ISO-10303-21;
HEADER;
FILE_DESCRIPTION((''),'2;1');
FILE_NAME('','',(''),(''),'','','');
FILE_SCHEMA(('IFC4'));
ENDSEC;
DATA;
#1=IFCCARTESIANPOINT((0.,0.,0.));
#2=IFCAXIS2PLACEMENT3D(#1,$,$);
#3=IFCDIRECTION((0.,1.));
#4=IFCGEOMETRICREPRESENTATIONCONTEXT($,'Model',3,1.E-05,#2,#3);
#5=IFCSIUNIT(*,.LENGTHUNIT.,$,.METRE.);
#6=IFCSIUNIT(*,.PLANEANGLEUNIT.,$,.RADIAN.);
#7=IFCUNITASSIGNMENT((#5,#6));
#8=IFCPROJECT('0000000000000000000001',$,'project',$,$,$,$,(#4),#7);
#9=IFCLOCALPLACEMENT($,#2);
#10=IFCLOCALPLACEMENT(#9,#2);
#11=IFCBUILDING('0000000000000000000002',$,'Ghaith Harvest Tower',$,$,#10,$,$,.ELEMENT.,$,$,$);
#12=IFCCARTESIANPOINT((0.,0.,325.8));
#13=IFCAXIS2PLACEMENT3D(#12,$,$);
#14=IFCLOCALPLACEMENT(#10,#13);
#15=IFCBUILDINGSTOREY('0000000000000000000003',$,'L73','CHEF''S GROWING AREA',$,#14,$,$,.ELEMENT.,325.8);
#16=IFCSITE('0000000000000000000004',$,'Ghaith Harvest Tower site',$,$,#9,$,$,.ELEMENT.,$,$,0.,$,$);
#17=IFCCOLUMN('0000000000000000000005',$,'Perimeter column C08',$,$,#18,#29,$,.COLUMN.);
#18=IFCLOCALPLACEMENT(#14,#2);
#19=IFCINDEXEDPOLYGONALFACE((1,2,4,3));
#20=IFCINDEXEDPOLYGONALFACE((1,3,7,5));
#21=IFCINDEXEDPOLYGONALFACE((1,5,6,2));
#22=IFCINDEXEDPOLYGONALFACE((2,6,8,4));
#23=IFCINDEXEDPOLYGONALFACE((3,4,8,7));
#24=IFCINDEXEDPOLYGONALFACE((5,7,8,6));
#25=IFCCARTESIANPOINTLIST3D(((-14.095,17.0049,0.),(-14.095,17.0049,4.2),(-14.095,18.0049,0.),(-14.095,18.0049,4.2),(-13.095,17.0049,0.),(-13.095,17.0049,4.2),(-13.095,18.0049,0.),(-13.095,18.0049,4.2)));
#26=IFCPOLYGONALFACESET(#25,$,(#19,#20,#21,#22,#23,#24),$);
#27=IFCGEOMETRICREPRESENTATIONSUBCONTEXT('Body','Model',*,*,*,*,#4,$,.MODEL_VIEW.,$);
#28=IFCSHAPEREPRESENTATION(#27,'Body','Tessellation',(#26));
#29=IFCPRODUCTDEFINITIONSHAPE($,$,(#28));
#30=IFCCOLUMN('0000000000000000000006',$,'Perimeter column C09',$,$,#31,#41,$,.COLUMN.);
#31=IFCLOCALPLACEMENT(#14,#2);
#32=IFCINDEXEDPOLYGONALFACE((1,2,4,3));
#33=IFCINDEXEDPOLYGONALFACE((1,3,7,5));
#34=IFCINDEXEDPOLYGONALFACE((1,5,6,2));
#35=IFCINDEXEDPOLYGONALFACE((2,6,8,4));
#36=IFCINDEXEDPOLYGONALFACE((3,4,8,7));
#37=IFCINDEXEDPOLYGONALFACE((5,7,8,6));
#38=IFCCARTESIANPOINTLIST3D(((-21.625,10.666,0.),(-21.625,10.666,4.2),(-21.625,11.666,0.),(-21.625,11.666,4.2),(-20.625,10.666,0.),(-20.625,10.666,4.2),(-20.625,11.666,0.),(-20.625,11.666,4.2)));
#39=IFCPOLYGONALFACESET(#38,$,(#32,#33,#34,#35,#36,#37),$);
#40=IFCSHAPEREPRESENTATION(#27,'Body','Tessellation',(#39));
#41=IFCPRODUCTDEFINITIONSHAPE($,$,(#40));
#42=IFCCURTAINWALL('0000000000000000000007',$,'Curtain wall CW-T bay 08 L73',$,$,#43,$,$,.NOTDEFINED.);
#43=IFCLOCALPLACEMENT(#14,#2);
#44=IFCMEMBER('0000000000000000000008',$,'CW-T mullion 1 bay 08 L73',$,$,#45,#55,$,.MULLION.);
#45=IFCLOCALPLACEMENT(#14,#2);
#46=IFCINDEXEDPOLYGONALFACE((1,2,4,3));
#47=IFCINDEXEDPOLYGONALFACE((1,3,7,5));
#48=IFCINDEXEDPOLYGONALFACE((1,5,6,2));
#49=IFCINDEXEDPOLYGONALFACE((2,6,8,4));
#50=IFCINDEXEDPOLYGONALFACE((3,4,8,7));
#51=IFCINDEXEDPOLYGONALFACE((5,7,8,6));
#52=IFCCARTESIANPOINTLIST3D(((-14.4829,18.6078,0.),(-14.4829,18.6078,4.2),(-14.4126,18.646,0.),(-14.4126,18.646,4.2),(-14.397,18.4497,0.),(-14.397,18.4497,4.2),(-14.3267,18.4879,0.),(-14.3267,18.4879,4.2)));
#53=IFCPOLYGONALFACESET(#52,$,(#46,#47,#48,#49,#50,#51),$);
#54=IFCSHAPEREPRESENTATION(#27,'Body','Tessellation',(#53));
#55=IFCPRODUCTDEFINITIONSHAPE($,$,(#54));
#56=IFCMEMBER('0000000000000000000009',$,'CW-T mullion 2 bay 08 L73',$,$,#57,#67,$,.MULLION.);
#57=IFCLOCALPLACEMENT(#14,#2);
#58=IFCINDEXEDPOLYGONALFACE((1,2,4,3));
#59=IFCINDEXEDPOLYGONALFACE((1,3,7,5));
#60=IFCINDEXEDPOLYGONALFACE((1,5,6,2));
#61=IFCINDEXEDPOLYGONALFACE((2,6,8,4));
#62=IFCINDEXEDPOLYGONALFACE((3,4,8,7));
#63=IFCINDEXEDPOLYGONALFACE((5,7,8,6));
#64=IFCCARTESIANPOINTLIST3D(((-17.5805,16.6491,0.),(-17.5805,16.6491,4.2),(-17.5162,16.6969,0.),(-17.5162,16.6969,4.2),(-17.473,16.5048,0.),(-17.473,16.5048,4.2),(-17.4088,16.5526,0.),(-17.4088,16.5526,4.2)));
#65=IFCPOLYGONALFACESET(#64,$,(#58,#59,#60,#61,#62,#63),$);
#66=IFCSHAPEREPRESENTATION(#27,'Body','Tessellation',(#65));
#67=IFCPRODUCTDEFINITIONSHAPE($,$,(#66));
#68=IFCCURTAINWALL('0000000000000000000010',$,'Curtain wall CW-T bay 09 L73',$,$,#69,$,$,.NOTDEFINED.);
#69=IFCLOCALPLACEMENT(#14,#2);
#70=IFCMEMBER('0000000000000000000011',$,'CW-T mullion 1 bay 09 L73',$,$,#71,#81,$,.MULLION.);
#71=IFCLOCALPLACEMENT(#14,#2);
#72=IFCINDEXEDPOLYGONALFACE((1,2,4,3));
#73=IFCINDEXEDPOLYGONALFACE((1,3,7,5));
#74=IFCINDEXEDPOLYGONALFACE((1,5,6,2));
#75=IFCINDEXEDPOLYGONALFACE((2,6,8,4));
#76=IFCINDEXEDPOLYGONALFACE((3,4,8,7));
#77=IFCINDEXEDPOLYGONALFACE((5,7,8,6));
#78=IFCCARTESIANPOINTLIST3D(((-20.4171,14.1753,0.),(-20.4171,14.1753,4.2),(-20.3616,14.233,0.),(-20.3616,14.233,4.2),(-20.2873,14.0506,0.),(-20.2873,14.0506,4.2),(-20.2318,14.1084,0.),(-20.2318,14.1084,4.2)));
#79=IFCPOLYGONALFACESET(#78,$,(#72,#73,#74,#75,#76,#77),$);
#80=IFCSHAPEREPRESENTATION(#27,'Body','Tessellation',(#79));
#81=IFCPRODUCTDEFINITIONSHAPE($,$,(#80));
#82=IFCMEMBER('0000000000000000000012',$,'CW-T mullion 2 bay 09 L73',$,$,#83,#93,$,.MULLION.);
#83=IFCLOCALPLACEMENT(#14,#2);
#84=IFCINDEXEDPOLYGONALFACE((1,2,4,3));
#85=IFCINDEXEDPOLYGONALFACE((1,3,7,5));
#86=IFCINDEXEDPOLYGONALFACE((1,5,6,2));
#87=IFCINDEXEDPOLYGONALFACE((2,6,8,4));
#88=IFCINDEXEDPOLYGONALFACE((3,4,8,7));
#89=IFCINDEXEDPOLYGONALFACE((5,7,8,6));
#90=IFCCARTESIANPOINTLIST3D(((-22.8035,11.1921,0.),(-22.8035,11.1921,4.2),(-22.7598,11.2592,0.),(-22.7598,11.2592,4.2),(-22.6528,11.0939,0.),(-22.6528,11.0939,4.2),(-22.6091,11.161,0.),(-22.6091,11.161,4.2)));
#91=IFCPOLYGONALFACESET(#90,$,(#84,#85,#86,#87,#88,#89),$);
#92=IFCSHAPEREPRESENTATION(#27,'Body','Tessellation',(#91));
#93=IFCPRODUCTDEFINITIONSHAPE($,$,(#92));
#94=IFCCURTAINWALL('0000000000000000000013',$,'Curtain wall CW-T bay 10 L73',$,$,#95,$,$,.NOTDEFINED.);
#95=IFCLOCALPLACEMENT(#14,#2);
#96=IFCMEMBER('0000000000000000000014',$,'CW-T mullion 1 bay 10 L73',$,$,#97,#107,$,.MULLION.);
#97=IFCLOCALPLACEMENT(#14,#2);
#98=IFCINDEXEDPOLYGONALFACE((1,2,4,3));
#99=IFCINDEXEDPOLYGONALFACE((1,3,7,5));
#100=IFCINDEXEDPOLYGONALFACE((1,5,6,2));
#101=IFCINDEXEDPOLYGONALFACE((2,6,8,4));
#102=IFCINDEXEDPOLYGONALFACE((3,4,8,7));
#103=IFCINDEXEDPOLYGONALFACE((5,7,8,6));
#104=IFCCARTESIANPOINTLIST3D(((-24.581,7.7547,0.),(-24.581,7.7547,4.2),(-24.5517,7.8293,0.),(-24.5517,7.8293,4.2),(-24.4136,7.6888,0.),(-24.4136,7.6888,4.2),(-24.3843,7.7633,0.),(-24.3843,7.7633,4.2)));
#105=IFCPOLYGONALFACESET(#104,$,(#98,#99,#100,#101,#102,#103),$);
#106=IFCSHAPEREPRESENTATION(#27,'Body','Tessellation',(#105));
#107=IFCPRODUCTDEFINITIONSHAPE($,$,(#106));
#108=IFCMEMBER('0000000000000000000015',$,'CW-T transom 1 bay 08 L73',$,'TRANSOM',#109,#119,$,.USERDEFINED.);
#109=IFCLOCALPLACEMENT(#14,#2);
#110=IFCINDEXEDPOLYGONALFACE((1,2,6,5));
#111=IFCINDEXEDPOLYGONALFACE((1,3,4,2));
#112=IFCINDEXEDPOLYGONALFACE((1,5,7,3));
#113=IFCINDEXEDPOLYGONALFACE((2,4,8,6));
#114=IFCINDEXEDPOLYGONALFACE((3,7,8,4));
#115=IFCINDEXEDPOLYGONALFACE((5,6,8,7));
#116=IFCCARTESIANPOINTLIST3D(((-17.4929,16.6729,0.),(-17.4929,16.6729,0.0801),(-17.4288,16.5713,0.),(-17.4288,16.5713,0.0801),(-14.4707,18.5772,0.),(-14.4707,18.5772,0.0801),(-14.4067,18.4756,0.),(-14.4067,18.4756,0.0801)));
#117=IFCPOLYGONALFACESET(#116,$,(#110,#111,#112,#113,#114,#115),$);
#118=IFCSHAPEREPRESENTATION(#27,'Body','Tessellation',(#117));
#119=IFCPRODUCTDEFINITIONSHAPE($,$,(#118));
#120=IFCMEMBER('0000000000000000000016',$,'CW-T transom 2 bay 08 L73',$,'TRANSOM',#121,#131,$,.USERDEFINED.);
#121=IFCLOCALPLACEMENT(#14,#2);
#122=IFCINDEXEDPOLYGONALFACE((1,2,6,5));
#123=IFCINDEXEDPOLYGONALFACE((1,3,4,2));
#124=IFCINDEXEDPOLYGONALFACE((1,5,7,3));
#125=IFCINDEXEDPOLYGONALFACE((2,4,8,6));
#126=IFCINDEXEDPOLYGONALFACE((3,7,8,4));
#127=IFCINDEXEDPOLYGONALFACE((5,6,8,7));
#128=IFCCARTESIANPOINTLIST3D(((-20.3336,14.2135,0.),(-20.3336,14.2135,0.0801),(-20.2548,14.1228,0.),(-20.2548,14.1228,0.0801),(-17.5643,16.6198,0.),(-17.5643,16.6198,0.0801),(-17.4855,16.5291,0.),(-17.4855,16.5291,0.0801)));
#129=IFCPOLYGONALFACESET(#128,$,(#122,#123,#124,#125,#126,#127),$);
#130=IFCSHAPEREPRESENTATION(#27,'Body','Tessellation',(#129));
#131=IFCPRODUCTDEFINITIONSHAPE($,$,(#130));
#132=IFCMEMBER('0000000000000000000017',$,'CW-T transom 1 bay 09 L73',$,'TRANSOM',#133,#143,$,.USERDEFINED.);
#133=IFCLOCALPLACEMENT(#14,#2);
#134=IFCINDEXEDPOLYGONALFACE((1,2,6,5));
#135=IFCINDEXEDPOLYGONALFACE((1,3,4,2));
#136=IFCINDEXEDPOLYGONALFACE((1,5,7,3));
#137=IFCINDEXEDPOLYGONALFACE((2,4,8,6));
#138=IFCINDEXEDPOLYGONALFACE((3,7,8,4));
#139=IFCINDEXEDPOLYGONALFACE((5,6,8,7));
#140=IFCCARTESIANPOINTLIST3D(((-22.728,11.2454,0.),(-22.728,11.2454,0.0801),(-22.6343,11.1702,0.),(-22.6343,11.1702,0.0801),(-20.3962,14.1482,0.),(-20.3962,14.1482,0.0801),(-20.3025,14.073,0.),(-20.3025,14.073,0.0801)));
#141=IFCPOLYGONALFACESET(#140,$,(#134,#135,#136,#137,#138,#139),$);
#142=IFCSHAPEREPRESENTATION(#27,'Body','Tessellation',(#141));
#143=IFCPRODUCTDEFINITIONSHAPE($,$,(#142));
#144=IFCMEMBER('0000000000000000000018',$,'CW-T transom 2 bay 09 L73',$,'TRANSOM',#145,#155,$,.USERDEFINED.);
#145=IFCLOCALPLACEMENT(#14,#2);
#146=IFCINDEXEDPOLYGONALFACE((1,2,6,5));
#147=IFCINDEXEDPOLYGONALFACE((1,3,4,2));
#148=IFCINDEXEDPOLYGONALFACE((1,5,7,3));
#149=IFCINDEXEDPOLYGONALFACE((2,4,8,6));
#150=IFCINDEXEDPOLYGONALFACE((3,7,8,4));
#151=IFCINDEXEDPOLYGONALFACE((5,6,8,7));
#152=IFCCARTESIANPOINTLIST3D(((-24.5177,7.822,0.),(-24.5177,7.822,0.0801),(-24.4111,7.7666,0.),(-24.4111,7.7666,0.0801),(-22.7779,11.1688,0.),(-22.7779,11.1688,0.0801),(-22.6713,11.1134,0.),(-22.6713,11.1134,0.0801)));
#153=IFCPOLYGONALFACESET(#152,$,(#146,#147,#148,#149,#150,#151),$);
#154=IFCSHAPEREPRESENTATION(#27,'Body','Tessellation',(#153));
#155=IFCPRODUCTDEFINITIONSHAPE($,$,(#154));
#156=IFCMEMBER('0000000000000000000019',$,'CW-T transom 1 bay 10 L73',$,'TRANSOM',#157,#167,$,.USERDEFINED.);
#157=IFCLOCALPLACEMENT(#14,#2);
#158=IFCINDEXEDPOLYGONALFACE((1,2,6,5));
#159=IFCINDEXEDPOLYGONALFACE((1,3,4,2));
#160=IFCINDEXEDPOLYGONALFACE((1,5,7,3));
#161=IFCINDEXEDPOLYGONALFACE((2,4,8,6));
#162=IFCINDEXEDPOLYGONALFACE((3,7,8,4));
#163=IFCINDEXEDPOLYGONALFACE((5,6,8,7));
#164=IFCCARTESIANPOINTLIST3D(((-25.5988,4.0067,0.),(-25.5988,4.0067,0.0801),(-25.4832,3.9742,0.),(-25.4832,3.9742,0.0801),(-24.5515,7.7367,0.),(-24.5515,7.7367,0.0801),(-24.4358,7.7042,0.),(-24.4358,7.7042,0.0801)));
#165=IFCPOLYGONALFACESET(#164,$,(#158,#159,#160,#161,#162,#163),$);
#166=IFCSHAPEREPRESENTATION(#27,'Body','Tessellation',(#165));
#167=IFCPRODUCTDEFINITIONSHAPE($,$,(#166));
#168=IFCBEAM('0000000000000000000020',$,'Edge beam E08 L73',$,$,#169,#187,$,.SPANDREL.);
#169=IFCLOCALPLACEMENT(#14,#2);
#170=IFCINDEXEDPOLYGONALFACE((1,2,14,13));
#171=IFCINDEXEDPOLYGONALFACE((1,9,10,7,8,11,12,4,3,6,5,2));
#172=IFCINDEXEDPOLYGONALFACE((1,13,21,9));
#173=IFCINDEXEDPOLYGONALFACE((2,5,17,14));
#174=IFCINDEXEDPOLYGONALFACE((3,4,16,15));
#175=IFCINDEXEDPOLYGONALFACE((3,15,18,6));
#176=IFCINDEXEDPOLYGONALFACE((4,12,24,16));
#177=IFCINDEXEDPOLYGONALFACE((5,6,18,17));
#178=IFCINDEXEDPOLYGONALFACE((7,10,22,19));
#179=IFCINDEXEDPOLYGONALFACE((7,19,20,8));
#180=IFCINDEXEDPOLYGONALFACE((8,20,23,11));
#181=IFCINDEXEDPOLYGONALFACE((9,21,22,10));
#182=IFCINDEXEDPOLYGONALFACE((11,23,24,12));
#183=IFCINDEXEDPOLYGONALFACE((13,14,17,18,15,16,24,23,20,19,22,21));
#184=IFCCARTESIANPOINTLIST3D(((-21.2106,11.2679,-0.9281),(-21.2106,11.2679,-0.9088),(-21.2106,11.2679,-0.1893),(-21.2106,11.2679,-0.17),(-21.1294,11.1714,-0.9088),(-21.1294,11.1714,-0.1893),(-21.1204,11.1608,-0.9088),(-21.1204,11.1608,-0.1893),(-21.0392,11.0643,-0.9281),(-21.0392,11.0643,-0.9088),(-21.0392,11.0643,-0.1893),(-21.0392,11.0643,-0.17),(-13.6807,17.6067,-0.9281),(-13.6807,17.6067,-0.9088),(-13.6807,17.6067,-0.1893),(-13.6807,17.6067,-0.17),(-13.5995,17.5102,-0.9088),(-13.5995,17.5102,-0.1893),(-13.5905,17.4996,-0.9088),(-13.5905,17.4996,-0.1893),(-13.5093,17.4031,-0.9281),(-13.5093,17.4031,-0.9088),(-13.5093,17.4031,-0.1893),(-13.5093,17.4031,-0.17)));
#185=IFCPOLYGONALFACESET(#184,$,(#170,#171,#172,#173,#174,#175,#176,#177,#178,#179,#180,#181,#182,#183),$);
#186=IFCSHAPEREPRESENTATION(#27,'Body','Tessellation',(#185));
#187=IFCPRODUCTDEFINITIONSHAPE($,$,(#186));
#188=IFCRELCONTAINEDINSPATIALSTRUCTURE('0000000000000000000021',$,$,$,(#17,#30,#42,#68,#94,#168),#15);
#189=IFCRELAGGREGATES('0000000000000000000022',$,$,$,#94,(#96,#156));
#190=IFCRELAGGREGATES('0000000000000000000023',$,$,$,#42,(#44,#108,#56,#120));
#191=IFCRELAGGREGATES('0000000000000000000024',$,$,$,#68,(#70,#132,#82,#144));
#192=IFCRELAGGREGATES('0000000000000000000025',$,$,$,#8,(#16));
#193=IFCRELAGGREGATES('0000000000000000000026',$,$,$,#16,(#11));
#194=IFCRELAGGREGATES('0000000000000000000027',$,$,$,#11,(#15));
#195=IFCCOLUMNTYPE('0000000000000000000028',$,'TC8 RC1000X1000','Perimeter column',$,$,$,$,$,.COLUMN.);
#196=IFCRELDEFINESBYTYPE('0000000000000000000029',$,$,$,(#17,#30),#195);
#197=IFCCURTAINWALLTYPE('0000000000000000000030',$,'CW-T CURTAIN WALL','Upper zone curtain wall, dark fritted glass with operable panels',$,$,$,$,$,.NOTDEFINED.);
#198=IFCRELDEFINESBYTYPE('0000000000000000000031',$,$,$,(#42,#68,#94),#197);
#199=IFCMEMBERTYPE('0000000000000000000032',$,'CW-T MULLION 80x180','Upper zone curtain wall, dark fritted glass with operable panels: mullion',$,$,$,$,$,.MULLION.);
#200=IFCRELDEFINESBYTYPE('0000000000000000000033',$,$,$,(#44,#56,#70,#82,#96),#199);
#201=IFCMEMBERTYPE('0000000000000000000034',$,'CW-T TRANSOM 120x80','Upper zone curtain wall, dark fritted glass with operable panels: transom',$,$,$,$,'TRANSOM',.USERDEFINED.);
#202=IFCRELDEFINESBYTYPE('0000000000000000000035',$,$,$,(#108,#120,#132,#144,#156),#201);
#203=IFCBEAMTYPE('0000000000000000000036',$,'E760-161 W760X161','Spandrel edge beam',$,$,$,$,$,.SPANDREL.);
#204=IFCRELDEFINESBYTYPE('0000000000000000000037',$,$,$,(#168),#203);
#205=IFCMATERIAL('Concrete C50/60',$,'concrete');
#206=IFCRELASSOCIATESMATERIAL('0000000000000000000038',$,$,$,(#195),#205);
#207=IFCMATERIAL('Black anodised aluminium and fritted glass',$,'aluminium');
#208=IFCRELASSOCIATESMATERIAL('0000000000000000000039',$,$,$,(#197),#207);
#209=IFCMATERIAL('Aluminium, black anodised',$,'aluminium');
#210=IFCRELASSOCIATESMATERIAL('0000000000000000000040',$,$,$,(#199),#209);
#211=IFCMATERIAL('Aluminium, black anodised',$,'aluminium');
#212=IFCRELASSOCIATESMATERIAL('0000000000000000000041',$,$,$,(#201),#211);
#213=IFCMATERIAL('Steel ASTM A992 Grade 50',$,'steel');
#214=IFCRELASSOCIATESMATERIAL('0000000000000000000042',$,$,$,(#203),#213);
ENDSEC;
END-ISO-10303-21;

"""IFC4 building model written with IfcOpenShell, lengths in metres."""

from ifc_helpers import new_model, si_unit, direction, frame, origin, origin_2d, place, context, subcontext, project, spatial, rectangle, i_section, extrude, material, material_profile, profile_set, type_object, element, aggregate, save


model = new_model("IFC4")

# Units and contexts
model_context = context("Model", 3, precision=1e-05, world=origin(), true_north=direction((0.0, 1.0)))
body_context = subcontext(model_context, "Body", "Model", "MODEL_VIEW")
ifc_project = project(units=[si_unit("LENGTHUNIT", "METRE"), si_unit("PLANEANGLEUNIT", "RADIAN")], contexts=[model_context])

# Site, building, storey
site_placement = place(None, origin())
site = spatial("IfcSite", under=ifc_project, at=site_placement, Name="Ghaith Harvest Tower site", CompositionType="ELEMENT", RefElevation=0.0)
building_placement = place(site_placement, origin())
building = spatial("IfcBuilding", under=site, at=building_placement, Name="Ghaith Harvest Tower", CompositionType="ELEMENT")
storey_placement = place(building_placement, frame((0.0, 0.0, 325.8)))
storey = spatial("IfcBuildingStorey", under=building, at=storey_placement, Name="L73", Description="CHEF'S GROWING AREA", CompositionType="ELEMENT", Elevation=325.8)

# Columns
ifc_material_1 = material(Name="Concrete C50/60", Category="concrete")
ifc_material_profile_1 = material_profile(ifc_material_1, rectangle(XDim=1.0, YDim=1.0, at=origin_2d()), Name="RC1000X1000")
ifc_profile_set_1 = profile_set([ifc_material_profile_1], Name="Concrete C50/60")
column_type = type_object("IfcColumnType", Name="TC8 RC1000X1000", Description="Perimeter column", PredefinedType="COLUMN", material=ifc_profile_set_1)
for number, where, z_axis, x_axis, name in (
    (1, (-13.595, 17.5049, 0.0), (0.0, 0.0, 1.0), (1.0, 0.0, 0.0), "Perimeter column C08"),
    (2, (-21.125, 11.166, 0.0), (0.0, 0.0, 1.0), (1.0, 0.0, 0.0), "Perimeter column C09"),
):
    element("IfcColumn", number, at=place(storey_placement, frame(where, z_axis=z_axis, x_axis=x_axis)), inside=storey, type_object=column_type, Name=name, PredefinedType="COLUMN", context=body_context, shape_type="SweptSolid", body=[
        extrude(rectangle(XDim=1.0, YDim=1.0, at=origin_2d()), origin(), (0.0, 0.0, 1.0), 4.2),
    ])

# Curtain walls, members
ifc_material_2 = material(Name="Black anodised aluminium and fritted glass", Category="aluminium")
curtain_wall_type = type_object("IfcCurtainWallType", Name="CW-T CURTAIN WALL", Description="Upper zone curtain wall, dark fritted glass with operable panels", PredefinedType="NOTDEFINED", material=ifc_material_2)
curtain_wall_1_placement = place(storey_placement, origin())
curtain_wall_1 = element("IfcCurtainWall", 3, at=curtain_wall_1_placement, inside=storey, type_object=curtain_wall_type, Name="Curtain wall CW-T bay 08 L73", PredefinedType="NOTDEFINED")
ifc_material_3 = material(Name="Aluminium, black anodised", Category="aluminium")
ifc_material_profile_2 = material_profile(ifc_material_3, rectangle(XDim=0.0801, YDim=0.1799, at=origin_2d()), Name="CW-T MULLION 80x180")
ifc_profile_set_2 = profile_set([ifc_material_profile_2], Name="Aluminium, black anodised")
member_type_1 = type_object("IfcMemberType", Name="CW-T MULLION 80x180", Description="Upper zone curtain wall, dark fritted glass with operable panels: mullion", PredefinedType="MULLION", material=ifc_profile_set_2)
member_1_placement = place(storey_placement, frame((-14.4048, 18.5479, 0.0), z_axis=(0.0, 0.0, 1.0), x_axis=(-0.878672, -0.477426, 0.0)))
member_1 = element("IfcMember", 4, at=member_1_placement, type_object=member_type_1, Name="CW-T mullion 1 bay 08 L73", PredefinedType="MULLION", context=body_context, shape_type="SweptSolid", body=[
    extrude(rectangle(XDim=0.0801, YDim=0.1799, at=origin_2d()), origin(), (0.0, 0.0, 1.0), 4.2),
])
member_2_placement = place(storey_placement, frame((-17.4946, 16.6008, 0.0), z_axis=(0.0, 0.0, 1.0), x_axis=(-0.80219, -0.597069, 0.0)))
member_2 = element("IfcMember", 5, at=member_2_placement, type_object=member_type_1, Name="CW-T mullion 2 bay 08 L73", PredefinedType="MULLION", context=body_context, shape_type="SweptSolid", body=[
    extrude(rectangle(XDim=0.0801, YDim=0.1799, at=origin_2d()), origin(), (0.0, 0.0, 1.0), 4.2),
])
curtain_wall_2_placement = place(storey_placement, origin())
curtain_wall_2 = element("IfcCurtainWall", 6, at=curtain_wall_2_placement, inside=storey, type_object=curtain_wall_type, Name="Curtain wall CW-T bay 09 L73", PredefinedType="NOTDEFINED")
member_3_placement = place(storey_placement, frame((-20.3245, 14.1418, 0.0), z_axis=(0.0, 0.0, 1.0), x_axis=(-0.692826, -0.721104, 0.0)))
member_3 = element("IfcMember", 7, at=member_3_placement, type_object=member_type_1, Name="CW-T mullion 1 bay 09 L73", PredefinedType="MULLION", context=body_context, shape_type="SweptSolid", body=[
    extrude(rectangle(XDim=0.0801, YDim=0.1799, at=origin_2d()), origin(), (0.0, 0.0, 1.0), 4.2),
])
member_4_placement = place(storey_placement, frame((-22.7063, 11.1765, 0.0), z_axis=(0.0, 0.0, 1.0), x_axis=(-0.545865, -0.837873, 0.0)))
member_4 = element("IfcMember", 8, at=member_4_placement, type_object=member_type_1, Name="CW-T mullion 2 bay 09 L73", PredefinedType="MULLION", context=body_context, shape_type="SweptSolid", body=[
    extrude(rectangle(XDim=0.0801, YDim=0.1799, at=origin_2d()), origin(), (0.0, 0.0, 1.0), 4.2),
])

# Curtain wall, member
curtain_wall_3_placement = place(storey_placement, origin())
curtain_wall_3 = element("IfcCurtainWall", 9, at=curtain_wall_3_placement, inside=storey, type_object=curtain_wall_type, Name="Curtain wall CW-T bay 10 L73", PredefinedType="NOTDEFINED")
member_5_placement = place(storey_placement, frame((-24.4827, 7.759, 0.0), z_axis=(0.0, 0.0, 1.0), x_axis=(-0.366473, -0.930429, 0.0)))
member_5 = element("IfcMember", 10, at=member_5_placement, type_object=member_type_1, Name="CW-T mullion 1 bay 10 L73", PredefinedType="MULLION", context=body_context, shape_type="SweptSolid", body=[
    extrude(rectangle(XDim=0.0801, YDim=0.1799, at=origin_2d()), origin(), (0.0, 0.0, 1.0), 4.2),
])

# Members
ifc_material_4 = material(Name="Aluminium, black anodised", Category="aluminium")
ifc_material_profile_3 = material_profile(ifc_material_4, rectangle(XDim=0.1201, YDim=0.0801, at=origin_2d()), Name="CW-T TRANSOM 120x80")
ifc_profile_set_3 = profile_set([ifc_material_profile_3], Name="Aluminium, black anodised")
member_type_2 = type_object("IfcMemberType", Name="CW-T TRANSOM 120x80", Description="Upper zone curtain wall, dark fritted glass with operable panels: transom", ElementType="TRANSOM", PredefinedType="USERDEFINED", material=ifc_profile_set_3)
member_6_placement = place(storey_placement, frame((-14.4387, 18.5264, 0.04), z_axis=(-0.846054, -0.533098, 0.0), x_axis=(0.533098, -0.846054, 0.0)))
member_6 = element("IfcMember", 11, at=member_6_placement, type_object=member_type_2, Name="CW-T transom 1 bay 08 L73", ObjectType="TRANSOM", PredefinedType="USERDEFINED", context=body_context, shape_type="SweptSolid", body=[
    extrude(rectangle(XDim=0.1201, YDim=0.0801, at=origin_2d()), origin(), (0.0, 0.0, 1.0), 3.572),
])
member_7_placement = place(storey_placement, frame((-17.5249, 16.5745, 0.04), z_axis=(-0.754852, -0.655895, 0.0), x_axis=(0.655895, -0.754852, 0.0)))
member_7 = element("IfcMember", 12, at=member_7_placement, type_object=member_type_2, Name="CW-T transom 2 bay 08 L73", ObjectType="TRANSOM", PredefinedType="USERDEFINED", context=body_context, shape_type="SweptSolid", body=[
    extrude(rectangle(XDim=0.1201, YDim=0.0801, at=origin_2d()), origin(), (0.0, 0.0, 1.0), 3.6687),
])
member_8_placement = place(storey_placement, frame((-20.3494, 14.1106, 0.04), z_axis=(-0.626253, -0.77962, 0.0), x_axis=(0.77962, -0.626253, 0.0)))
member_8 = element("IfcMember", 13, at=member_8_placement, type_object=member_type_2, Name="CW-T transom 1 bay 09 L73", ObjectType="TRANSOM", PredefinedType="USERDEFINED", context=body_context, shape_type="SweptSolid", body=[
    extrude(rectangle(XDim=0.1201, YDim=0.0801, at=origin_2d()), origin(), (0.0, 0.0, 1.0), 3.7234),
])
member_9_placement = place(storey_placement, frame((-22.7246, 11.1411, 0.04), z_axis=(-0.461243, -0.887274, 0.0), x_axis=(0.887274, -0.461243, 0.0)))
member_9 = element("IfcMember", 14, at=member_9_placement, type_object=member_type_2, Name="CW-T transom 2 bay 09 L73", ObjectType="TRANSOM", PredefinedType="USERDEFINED", context=body_context, shape_type="SweptSolid", body=[
    extrude(rectangle(XDim=0.1201, YDim=0.0801, at=origin_2d()), origin(), (0.0, 0.0, 1.0), 3.772),
])
member_10_placement = place(storey_placement, frame((-24.4937, 7.7205, 0.04), z_axis=(-0.27034, -0.962765, 0.0), x_axis=(0.962765, -0.27034, 0.0)))
member_10 = element("IfcMember", 15, at=member_10_placement, type_object=member_type_2, Name="CW-T transom 1 bay 10 L73", ObjectType="TRANSOM", PredefinedType="USERDEFINED", context=body_context, shape_type="SweptSolid", body=[
    extrude(rectangle(XDim=0.1201, YDim=0.0801, at=origin_2d()), origin(), (0.0, 0.0, 1.0), 3.8743),
])
aggregate(curtain_wall_3, [member_5, member_10])

# Beam
ifc_material_5 = material(Name="Steel ASTM A992 Grade 50", Category="steel")
ifc_material_profile_4 = material_profile(ifc_material_5, i_section(OverallWidth=0.2661, OverallDepth=0.7581, WebThickness=0.0139, FlangeThickness=0.0193, at=origin_2d()), Name="W760X161")
ifc_profile_set_4 = profile_set([ifc_material_profile_4], Name="Steel ASTM A992 Grade 50")
beam_type = type_object("IfcBeamType", Name="E760-161 W760X161", Description="Spandrel edge beam", PredefinedType="SPANDREL", material=ifc_profile_set_4)
beam_1_placement = place(storey_placement, frame((-13.595, 17.5049, -0.5491), z_axis=(-0.765022, -0.644004, 0.0), x_axis=(0.644004, -0.765022, 0.0)))
element("IfcBeam", 16, at=beam_1_placement, inside=storey, type_object=beam_type, Name="Edge beam E08 L73", PredefinedType="SPANDREL", context=body_context, shape_type="SweptSolid", body=[
    extrude(i_section(OverallWidth=0.2661, OverallDepth=0.7581, WebThickness=0.0139, FlangeThickness=0.0193, at=origin_2d()), origin(), (0.0, 0.0, 1.0), 9.8428),
])

aggregate(curtain_wall_1, [member_1, member_6, member_2, member_7])
aggregate(curtain_wall_2, [member_3, member_8, member_4, member_9])

save(model, "model.ifc")
